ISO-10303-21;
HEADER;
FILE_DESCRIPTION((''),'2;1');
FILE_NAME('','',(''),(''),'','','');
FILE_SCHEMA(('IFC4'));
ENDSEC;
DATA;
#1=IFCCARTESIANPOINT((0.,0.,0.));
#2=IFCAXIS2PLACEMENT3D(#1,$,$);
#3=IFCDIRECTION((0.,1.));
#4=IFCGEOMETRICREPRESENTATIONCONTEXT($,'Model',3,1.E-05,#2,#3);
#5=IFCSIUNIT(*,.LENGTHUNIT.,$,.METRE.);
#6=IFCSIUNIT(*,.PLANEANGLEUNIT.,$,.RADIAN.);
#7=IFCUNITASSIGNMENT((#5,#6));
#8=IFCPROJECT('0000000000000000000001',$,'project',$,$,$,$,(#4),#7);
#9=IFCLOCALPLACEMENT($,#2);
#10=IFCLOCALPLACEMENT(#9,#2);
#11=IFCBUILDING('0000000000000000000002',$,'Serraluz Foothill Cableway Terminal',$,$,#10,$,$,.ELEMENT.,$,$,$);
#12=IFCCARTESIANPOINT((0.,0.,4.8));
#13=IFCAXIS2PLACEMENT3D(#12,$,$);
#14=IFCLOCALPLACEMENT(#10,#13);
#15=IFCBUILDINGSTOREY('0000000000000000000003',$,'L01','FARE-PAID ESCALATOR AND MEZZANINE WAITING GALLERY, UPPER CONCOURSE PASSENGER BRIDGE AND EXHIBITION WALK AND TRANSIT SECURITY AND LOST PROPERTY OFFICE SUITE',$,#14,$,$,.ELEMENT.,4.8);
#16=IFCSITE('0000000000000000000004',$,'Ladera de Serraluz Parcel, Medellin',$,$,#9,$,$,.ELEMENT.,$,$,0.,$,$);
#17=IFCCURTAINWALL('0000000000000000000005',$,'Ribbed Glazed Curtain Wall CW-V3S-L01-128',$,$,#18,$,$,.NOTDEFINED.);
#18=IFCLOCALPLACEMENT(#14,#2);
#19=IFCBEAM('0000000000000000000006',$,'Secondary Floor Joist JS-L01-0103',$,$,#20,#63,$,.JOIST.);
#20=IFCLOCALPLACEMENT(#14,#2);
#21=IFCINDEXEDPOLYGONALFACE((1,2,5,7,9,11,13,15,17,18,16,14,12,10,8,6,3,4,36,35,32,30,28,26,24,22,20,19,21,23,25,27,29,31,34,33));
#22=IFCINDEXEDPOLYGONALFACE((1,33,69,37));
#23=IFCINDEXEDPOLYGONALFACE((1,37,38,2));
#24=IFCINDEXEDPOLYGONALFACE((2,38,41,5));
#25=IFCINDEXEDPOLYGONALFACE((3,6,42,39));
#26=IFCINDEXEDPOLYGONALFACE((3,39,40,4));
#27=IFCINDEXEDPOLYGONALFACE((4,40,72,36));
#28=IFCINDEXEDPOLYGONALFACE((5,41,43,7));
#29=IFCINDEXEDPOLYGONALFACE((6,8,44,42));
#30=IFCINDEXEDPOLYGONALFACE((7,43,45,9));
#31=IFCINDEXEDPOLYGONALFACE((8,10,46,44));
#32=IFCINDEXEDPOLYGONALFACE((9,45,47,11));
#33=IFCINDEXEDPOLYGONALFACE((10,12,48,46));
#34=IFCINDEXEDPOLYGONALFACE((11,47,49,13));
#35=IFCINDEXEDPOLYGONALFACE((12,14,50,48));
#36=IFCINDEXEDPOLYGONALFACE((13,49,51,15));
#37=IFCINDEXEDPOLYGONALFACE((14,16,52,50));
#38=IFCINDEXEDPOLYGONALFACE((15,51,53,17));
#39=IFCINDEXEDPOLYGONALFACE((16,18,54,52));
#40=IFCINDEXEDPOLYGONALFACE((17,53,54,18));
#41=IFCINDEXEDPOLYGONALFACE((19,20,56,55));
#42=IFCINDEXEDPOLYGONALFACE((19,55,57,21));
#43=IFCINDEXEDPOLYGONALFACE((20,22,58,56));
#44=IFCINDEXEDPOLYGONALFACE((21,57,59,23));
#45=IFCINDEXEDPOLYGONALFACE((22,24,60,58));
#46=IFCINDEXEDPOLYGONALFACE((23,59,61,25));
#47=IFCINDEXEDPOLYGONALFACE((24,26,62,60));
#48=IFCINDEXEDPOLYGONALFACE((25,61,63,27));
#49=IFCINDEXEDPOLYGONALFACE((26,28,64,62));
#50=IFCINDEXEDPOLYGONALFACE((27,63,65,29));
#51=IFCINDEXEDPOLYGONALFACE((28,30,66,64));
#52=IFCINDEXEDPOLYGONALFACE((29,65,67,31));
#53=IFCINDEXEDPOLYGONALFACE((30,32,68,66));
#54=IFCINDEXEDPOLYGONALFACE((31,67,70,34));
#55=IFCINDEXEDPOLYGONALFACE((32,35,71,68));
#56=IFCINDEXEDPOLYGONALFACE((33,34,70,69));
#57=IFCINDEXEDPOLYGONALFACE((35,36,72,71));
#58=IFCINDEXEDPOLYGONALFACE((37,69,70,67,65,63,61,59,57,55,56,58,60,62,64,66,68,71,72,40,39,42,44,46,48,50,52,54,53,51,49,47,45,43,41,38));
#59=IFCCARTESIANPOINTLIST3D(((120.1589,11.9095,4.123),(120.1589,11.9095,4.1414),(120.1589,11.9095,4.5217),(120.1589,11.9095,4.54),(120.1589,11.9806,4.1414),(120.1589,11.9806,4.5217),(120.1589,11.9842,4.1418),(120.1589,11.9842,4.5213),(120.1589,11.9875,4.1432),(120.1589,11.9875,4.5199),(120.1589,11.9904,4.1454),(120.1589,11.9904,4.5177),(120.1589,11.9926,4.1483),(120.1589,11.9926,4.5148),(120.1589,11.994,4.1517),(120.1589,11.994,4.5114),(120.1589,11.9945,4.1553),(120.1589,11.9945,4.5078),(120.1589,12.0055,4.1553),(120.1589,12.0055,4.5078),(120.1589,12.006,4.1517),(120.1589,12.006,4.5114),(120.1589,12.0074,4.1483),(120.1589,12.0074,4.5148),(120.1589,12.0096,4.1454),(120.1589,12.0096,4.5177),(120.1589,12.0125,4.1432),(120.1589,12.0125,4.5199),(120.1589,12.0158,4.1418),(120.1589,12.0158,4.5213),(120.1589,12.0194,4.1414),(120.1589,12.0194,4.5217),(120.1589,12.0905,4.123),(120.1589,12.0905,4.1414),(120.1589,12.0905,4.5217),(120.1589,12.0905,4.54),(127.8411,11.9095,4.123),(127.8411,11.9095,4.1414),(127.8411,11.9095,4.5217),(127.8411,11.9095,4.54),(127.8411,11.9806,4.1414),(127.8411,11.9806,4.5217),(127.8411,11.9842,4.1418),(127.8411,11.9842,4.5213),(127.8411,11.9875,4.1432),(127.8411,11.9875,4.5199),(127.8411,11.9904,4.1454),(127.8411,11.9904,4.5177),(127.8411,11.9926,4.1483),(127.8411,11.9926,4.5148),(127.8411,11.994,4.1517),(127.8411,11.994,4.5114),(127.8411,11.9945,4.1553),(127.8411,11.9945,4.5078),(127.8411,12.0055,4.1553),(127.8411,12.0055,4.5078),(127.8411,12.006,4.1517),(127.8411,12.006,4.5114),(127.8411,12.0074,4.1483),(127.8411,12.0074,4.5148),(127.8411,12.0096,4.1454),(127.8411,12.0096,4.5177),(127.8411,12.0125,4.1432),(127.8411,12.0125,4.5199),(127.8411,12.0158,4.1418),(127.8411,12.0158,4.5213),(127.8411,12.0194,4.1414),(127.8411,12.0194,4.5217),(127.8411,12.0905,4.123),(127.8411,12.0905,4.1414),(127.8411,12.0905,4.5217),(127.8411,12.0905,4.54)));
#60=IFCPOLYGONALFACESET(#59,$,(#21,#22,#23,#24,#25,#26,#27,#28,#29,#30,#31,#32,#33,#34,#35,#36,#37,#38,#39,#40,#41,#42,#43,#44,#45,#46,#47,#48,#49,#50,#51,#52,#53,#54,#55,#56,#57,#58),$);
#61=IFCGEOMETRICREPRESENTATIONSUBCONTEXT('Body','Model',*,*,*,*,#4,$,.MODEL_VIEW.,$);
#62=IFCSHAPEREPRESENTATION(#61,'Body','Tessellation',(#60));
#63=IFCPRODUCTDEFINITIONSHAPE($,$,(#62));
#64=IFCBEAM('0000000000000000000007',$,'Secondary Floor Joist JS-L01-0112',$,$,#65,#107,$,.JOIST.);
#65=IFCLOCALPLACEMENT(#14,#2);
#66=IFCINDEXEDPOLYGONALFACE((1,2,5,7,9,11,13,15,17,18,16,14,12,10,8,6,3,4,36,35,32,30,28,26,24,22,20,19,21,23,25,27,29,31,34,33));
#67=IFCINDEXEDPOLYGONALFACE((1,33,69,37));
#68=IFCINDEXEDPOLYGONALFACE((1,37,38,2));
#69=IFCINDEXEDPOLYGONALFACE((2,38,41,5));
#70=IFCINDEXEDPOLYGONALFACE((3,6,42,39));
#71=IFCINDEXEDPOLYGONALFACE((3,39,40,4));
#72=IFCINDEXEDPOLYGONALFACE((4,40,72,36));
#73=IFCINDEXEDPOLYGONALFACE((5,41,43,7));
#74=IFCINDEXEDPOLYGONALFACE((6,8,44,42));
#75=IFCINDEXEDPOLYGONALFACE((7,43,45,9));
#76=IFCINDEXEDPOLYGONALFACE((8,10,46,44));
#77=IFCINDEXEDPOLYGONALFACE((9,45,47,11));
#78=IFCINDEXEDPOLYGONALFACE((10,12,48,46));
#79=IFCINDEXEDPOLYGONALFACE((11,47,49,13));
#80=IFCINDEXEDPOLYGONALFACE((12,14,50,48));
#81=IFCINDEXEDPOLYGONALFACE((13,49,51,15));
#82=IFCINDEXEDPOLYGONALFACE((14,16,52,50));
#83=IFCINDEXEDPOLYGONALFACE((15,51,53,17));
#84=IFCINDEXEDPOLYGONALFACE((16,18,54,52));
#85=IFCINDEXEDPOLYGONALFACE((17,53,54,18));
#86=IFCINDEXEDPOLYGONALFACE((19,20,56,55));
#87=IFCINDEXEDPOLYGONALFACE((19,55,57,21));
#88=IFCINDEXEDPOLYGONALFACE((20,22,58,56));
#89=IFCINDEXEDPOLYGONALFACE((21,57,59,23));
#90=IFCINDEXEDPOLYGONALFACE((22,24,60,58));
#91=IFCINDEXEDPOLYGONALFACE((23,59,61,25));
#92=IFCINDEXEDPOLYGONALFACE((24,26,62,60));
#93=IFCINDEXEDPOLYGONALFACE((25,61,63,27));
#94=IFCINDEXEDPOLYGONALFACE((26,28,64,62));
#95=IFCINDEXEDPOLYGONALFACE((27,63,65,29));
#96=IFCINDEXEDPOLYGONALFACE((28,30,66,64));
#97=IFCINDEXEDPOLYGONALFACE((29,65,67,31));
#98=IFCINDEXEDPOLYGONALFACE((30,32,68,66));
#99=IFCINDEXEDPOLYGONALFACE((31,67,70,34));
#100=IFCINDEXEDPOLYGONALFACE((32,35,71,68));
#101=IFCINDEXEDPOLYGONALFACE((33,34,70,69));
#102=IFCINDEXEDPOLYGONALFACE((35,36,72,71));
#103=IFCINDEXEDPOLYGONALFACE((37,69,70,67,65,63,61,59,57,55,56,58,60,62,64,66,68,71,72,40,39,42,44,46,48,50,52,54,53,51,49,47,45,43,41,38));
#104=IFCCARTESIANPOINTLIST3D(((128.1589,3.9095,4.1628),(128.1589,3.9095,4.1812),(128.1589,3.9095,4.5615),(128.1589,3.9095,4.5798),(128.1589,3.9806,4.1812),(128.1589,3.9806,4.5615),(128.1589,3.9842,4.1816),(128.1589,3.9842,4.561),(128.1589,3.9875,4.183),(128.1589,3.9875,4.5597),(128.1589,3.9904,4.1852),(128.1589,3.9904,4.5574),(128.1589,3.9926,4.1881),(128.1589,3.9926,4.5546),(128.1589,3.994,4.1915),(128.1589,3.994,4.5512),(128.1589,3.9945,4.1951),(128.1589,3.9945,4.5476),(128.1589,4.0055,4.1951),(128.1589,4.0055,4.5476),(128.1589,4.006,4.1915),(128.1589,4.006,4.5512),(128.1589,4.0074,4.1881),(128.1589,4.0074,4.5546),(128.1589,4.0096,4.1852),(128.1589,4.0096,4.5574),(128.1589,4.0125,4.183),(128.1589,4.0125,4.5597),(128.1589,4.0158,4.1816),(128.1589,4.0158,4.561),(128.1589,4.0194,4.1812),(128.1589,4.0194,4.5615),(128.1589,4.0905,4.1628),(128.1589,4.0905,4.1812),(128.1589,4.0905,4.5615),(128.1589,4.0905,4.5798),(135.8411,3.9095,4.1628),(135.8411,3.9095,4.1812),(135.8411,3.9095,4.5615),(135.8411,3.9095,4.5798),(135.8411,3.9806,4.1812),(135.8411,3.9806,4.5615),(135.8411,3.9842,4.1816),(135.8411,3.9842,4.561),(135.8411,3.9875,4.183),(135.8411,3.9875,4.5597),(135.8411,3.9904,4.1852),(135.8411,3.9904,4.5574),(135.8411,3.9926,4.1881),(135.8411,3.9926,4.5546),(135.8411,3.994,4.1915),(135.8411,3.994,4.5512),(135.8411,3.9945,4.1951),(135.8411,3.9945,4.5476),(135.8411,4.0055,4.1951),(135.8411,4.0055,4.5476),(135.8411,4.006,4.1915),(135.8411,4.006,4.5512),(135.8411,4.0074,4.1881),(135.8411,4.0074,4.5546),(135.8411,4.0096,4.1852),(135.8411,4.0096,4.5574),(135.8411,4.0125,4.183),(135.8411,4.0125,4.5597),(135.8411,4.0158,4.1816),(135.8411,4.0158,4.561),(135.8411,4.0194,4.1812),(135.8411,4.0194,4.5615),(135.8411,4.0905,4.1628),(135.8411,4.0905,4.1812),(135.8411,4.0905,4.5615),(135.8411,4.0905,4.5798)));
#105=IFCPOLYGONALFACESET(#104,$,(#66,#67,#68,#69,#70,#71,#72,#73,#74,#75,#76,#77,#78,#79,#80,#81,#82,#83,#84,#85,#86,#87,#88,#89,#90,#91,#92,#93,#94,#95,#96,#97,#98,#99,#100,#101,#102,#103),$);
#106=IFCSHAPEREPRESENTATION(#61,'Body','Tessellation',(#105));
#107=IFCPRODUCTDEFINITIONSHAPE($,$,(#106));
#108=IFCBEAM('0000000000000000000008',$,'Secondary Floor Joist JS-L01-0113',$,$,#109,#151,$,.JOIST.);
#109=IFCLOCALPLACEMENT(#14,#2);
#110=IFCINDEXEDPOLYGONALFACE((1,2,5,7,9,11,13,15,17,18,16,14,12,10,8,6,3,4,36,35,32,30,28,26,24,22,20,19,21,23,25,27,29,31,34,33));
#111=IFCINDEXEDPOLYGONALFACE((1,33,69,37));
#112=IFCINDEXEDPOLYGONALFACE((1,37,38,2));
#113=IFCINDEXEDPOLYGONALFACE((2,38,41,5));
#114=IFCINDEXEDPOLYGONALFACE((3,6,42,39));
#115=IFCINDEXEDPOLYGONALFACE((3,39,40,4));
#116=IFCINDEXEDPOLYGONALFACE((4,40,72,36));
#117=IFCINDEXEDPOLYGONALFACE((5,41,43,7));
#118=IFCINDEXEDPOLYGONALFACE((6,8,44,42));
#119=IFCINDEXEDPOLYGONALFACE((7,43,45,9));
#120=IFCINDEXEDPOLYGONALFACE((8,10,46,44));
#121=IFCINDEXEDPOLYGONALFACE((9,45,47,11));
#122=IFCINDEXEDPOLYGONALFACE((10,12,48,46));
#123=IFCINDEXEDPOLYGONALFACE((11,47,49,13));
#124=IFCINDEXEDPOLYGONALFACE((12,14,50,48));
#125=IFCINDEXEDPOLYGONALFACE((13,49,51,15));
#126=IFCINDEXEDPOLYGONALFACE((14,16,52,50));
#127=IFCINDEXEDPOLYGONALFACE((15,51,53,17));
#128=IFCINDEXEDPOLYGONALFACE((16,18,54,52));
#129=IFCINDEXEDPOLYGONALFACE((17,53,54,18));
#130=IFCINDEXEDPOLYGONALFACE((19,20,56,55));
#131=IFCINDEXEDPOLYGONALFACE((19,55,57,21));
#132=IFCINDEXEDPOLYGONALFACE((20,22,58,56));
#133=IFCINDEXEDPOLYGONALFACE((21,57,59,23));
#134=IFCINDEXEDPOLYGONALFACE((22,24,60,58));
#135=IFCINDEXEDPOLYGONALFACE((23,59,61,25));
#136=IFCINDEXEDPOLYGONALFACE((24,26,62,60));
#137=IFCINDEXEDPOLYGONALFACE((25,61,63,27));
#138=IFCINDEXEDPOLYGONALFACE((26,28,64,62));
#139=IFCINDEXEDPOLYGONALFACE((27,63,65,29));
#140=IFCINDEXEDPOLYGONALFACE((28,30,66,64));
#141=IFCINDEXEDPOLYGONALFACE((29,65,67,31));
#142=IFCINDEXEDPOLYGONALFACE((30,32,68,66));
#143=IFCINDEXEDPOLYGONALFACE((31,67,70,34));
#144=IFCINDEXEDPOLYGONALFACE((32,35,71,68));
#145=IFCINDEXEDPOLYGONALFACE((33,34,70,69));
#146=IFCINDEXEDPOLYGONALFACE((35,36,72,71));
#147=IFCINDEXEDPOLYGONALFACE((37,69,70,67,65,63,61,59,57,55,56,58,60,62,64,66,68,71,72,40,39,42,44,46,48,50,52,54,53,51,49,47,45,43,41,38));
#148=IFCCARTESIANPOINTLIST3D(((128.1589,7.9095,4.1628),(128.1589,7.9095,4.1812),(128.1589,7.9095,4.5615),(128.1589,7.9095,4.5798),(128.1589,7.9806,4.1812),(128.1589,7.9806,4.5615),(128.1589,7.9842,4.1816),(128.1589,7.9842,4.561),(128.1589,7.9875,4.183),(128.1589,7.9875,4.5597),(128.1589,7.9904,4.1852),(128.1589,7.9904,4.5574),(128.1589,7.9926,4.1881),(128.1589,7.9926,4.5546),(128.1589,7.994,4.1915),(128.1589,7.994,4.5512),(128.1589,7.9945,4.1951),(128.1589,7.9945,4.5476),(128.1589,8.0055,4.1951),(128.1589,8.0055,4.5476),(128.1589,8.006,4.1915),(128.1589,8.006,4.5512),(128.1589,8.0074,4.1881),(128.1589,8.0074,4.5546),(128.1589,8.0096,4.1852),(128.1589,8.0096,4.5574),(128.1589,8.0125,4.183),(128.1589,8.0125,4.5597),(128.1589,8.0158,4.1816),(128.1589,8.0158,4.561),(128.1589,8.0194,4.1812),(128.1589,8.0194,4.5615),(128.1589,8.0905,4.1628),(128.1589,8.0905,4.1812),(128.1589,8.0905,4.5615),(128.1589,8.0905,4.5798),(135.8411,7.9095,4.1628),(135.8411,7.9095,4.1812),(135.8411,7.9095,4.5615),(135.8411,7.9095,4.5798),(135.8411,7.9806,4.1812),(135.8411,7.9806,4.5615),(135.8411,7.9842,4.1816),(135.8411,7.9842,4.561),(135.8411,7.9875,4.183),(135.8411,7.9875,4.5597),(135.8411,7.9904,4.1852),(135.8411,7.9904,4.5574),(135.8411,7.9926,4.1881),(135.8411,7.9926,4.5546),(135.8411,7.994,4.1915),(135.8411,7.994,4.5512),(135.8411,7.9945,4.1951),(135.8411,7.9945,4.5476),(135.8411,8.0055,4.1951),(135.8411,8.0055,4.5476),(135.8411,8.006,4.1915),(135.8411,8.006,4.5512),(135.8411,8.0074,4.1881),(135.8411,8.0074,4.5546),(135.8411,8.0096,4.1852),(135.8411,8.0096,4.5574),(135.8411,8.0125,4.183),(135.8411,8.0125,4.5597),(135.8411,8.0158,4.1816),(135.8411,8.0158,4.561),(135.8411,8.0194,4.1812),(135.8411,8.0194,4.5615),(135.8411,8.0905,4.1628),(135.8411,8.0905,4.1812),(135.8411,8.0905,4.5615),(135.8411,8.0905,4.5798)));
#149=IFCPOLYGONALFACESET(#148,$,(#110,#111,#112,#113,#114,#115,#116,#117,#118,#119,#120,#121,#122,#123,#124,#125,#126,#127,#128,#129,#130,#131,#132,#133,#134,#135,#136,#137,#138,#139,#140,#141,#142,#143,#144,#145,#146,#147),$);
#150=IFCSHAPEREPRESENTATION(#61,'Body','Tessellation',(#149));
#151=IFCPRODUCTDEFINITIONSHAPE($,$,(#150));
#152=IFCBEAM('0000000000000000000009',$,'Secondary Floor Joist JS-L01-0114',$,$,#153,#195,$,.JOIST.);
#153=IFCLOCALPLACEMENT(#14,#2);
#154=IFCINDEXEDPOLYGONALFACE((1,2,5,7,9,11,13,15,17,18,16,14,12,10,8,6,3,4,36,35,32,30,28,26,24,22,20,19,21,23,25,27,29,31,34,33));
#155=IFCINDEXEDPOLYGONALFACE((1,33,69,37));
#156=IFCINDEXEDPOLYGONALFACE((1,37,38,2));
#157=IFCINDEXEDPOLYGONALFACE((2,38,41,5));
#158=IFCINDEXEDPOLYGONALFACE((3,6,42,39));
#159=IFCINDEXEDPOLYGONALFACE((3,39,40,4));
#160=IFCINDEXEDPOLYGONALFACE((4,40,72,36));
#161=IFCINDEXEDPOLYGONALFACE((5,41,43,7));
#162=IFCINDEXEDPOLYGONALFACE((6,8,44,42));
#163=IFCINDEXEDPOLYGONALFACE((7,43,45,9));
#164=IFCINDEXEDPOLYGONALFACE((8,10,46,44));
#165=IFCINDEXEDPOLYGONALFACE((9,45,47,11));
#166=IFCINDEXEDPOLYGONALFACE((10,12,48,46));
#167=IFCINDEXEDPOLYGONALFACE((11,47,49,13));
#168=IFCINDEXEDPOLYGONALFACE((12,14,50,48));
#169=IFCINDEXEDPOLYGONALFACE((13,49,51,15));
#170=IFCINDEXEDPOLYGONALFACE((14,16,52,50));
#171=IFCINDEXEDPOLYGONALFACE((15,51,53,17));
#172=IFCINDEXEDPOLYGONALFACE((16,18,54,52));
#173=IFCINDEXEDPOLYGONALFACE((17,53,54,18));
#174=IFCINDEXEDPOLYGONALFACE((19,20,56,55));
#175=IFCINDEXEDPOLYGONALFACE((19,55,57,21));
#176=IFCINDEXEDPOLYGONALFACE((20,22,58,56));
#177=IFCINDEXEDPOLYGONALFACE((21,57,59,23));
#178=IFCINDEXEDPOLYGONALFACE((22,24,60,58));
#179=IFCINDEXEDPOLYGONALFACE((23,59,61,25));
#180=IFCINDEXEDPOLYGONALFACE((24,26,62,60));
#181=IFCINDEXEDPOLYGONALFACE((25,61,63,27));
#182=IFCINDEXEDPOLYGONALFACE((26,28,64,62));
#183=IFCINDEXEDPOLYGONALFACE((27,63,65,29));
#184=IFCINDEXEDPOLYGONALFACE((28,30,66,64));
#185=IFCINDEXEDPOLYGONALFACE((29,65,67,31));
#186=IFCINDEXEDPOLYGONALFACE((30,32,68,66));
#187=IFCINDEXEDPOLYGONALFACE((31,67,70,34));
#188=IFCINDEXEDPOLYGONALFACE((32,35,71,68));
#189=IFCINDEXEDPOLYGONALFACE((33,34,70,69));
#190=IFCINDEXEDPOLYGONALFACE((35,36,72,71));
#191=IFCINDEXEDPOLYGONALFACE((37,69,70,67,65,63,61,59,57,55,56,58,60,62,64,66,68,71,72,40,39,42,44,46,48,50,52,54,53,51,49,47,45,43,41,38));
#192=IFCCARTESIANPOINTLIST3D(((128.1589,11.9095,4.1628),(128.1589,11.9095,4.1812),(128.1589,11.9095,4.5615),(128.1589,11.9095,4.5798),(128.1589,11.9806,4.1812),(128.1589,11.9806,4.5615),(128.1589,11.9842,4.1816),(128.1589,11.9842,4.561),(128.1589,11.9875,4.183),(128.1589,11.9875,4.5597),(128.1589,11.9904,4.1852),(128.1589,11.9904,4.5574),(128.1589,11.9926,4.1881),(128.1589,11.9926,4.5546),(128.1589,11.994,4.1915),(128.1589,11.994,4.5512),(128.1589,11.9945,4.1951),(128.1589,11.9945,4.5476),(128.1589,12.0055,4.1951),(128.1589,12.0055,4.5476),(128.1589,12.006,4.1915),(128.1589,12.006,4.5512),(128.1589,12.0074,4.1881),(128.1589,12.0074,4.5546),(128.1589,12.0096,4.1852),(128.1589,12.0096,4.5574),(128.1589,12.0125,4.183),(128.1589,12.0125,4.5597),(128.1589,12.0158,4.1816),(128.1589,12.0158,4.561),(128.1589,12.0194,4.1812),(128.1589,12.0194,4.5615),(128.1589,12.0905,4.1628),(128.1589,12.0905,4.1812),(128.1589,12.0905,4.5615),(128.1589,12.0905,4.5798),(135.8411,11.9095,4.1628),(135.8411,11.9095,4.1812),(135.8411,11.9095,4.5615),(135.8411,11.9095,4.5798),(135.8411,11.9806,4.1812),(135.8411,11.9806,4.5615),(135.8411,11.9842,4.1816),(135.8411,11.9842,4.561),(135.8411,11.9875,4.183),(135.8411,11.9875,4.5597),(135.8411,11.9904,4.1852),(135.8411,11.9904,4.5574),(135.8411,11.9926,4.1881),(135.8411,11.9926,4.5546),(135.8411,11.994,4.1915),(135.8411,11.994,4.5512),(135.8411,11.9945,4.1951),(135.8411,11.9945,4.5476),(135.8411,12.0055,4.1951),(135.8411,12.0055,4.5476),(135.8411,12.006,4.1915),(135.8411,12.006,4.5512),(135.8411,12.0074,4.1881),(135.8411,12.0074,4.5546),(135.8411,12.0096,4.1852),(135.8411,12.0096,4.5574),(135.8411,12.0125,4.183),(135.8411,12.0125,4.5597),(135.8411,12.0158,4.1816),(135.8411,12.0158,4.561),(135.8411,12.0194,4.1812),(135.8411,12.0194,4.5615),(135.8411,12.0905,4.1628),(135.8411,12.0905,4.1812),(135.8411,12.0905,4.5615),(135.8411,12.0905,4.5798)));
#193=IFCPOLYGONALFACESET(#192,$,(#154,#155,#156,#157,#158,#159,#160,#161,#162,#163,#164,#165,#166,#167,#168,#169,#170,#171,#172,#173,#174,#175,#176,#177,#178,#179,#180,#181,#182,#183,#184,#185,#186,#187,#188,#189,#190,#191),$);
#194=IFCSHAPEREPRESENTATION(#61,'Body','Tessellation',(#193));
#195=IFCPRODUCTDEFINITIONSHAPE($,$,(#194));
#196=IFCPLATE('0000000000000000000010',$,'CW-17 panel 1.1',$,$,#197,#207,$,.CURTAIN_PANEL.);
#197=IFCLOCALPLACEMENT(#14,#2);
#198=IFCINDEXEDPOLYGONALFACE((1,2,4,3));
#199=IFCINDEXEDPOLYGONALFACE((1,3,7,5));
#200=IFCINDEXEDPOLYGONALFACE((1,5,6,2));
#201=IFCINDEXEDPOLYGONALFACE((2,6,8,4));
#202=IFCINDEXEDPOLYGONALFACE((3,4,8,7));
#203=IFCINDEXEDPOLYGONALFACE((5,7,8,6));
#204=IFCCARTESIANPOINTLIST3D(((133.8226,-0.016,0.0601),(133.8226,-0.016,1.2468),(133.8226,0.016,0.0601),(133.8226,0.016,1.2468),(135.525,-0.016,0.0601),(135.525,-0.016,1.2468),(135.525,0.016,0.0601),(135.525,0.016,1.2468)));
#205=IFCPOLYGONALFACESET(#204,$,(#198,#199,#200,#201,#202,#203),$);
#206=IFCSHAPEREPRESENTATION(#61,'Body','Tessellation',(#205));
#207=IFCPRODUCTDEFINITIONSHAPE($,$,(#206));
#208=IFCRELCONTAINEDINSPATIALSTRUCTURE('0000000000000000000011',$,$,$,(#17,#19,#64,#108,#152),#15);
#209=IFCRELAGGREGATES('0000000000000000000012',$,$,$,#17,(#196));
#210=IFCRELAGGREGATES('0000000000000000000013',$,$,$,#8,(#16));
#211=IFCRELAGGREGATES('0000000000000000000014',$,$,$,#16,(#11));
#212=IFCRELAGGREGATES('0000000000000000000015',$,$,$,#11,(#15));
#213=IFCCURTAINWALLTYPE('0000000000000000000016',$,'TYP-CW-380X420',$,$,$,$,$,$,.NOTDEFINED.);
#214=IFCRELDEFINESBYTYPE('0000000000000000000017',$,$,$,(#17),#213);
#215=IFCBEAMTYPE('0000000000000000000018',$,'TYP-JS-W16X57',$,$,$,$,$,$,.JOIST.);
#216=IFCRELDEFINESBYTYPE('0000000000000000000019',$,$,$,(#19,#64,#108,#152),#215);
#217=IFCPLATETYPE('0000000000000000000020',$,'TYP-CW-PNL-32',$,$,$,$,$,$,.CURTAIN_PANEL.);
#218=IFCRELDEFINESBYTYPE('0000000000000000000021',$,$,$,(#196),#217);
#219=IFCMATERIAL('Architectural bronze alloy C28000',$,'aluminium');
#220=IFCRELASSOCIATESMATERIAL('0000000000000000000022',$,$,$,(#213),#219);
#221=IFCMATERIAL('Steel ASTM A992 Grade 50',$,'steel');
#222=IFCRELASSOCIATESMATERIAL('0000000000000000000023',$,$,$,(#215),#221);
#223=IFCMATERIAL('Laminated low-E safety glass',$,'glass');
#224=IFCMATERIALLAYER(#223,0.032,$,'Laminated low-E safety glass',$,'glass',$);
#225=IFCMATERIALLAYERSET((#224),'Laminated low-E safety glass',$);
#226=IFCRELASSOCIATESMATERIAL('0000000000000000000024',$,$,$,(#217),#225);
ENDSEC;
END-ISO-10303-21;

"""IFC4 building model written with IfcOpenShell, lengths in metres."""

from ifc_helpers import new_model, si_unit, direction, frame, origin, origin_2d, place, context, subcontext, project, spatial, rectangle, i_section, extrude, material, layer, layer_set, material_profile, profile_set, type_object, element, aggregate, save


model = new_model("IFC4")

# Units and contexts
model_context = context("Model", 3, precision=1e-05, world=origin(), true_north=direction((0.0, 1.0)))
body_context = subcontext(model_context, "Body", "Model", "MODEL_VIEW")
ifc_project = project(units=[si_unit("LENGTHUNIT", "METRE"), si_unit("PLANEANGLEUNIT", "RADIAN")], contexts=[model_context])

# Site, building, storey
site_placement = place(None, origin())
site = spatial("IfcSite", under=ifc_project, at=site_placement, Name="Ladera de Serraluz Parcel, Medellin", CompositionType="ELEMENT", RefElevation=0.0)
building_placement = place(site_placement, origin())
building = spatial("IfcBuilding", under=site, at=building_placement, Name="Serraluz Foothill Cableway Terminal", CompositionType="ELEMENT")
storey_placement = place(building_placement, frame((0.0, 0.0, 4.8)))
storey = spatial("IfcBuildingStorey", under=building, at=storey_placement, Name="L01", Description="FARE-PAID ESCALATOR AND MEZZANINE WAITING GALLERY, UPPER CONCOURSE PASSENGER BRIDGE AND EXHIBITION WALK AND TRANSIT SECURITY AND LOST PROPERTY OFFICE SUITE", CompositionType="ELEMENT", Elevation=4.8)

# Shared definitions
ifc_material_1 = material(Name="Steel ASTM A992 Grade 50", Category="steel")

# Curtain wall
ifc_material_2 = material(Name="Architectural bronze alloy C28000", Category="aluminium")
curtain_wall_type = type_object("IfcCurtainWallType", Name="TYP-CW-380X420", PredefinedType="NOTDEFINED", material=ifc_material_2)
curtain_wall_placement = place(storey_placement, origin())
curtain_wall = element("IfcCurtainWall", 1, at=curtain_wall_placement, inside=storey, type_object=curtain_wall_type, Name="Ribbed Glazed Curtain Wall CW-V3S-L01-128", PredefinedType="NOTDEFINED")

# Beams
ifc_material_profile_1 = material_profile(ifc_material_1, i_section(OverallWidth=0.1809, OverallDepth=0.417, WebThickness=0.011, FlangeThickness=0.0183, FilletRadius=0.0139, at=origin_2d()), Name="W16X57")
ifc_profile_set_1 = profile_set([ifc_material_profile_1], Name="Steel ASTM A992 Grade 50")
beam_type_1 = type_object("IfcBeamType", Name="TYP-JS-W16X57", PredefinedType="JOIST", material=ifc_profile_set_1)
for number, where, z_axis, x_axis, name in (
    (2, (120.1589, 12.0, 4.3315), (1.0, 0.0, 0.0), (0.0, 1.0, 0.0), "Secondary Floor Joist JS-L01-0103"),
    (3, (128.1589, 4.0, 4.3713), (1.0, 0.0, 0.0), (0.0, 1.0, 0.0), "Secondary Floor Joist JS-L01-0112"),
    (4, (128.1589, 8.0, 4.3713), (1.0, 0.0, 0.0), (0.0, 1.0, 0.0), "Secondary Floor Joist JS-L01-0113"),
    (5, (128.1589, 12.0, 4.3713), (1.0, 0.0, 0.0), (0.0, 1.0, 0.0), "Secondary Floor Joist JS-L01-0114"),
):
    element("IfcBeam", number, at=place(storey_placement, frame(where, z_axis=z_axis, x_axis=x_axis)), inside=storey, type_object=beam_type_1, Name=name, PredefinedType="JOIST", context=body_context, shape_type="SweptSolid", body=[
        extrude(i_section(OverallWidth=0.1809, OverallDepth=0.417, WebThickness=0.011, FlangeThickness=0.0183, FilletRadius=0.0139, at=origin_2d()), origin(), (0.0, 0.0, 1.0), 7.6821),
    ])

# Plate
ifc_material_3 = material(Name="Laminated low-E safety glass", Category="glass")
ifc_layer_1 = layer(ifc_material_3, 0.032, Name="Laminated low-E safety glass", Category="glass")
ifc_layer_set_1 = layer_set([ifc_layer_1], Name="Laminated low-E safety glass")
plate_type = type_object("IfcPlateType", Name="TYP-CW-PNL-32", PredefinedType="CURTAIN_PANEL", material=ifc_layer_set_1)
plate_1_placement = place(storey_placement, frame((134.6738, 0.0, 0.0601), z_axis=(0.0, 0.0, 1.0), x_axis=(-1.0, 0.0, 0.0)))
plate_1 = element("IfcPlate", 6, at=plate_1_placement, type_object=plate_type, Name="CW-17 panel 1.1", PredefinedType="CURTAIN_PANEL", context=body_context, shape_type="SweptSolid", body=[
    extrude(rectangle(XDim=1.7024, YDim=0.032, at=origin_2d()), origin(), (0.0, 0.0, 1.0), 1.1868),
])
aggregate(curtain_wall, [plate_1])

save(model, "model.ifc")
